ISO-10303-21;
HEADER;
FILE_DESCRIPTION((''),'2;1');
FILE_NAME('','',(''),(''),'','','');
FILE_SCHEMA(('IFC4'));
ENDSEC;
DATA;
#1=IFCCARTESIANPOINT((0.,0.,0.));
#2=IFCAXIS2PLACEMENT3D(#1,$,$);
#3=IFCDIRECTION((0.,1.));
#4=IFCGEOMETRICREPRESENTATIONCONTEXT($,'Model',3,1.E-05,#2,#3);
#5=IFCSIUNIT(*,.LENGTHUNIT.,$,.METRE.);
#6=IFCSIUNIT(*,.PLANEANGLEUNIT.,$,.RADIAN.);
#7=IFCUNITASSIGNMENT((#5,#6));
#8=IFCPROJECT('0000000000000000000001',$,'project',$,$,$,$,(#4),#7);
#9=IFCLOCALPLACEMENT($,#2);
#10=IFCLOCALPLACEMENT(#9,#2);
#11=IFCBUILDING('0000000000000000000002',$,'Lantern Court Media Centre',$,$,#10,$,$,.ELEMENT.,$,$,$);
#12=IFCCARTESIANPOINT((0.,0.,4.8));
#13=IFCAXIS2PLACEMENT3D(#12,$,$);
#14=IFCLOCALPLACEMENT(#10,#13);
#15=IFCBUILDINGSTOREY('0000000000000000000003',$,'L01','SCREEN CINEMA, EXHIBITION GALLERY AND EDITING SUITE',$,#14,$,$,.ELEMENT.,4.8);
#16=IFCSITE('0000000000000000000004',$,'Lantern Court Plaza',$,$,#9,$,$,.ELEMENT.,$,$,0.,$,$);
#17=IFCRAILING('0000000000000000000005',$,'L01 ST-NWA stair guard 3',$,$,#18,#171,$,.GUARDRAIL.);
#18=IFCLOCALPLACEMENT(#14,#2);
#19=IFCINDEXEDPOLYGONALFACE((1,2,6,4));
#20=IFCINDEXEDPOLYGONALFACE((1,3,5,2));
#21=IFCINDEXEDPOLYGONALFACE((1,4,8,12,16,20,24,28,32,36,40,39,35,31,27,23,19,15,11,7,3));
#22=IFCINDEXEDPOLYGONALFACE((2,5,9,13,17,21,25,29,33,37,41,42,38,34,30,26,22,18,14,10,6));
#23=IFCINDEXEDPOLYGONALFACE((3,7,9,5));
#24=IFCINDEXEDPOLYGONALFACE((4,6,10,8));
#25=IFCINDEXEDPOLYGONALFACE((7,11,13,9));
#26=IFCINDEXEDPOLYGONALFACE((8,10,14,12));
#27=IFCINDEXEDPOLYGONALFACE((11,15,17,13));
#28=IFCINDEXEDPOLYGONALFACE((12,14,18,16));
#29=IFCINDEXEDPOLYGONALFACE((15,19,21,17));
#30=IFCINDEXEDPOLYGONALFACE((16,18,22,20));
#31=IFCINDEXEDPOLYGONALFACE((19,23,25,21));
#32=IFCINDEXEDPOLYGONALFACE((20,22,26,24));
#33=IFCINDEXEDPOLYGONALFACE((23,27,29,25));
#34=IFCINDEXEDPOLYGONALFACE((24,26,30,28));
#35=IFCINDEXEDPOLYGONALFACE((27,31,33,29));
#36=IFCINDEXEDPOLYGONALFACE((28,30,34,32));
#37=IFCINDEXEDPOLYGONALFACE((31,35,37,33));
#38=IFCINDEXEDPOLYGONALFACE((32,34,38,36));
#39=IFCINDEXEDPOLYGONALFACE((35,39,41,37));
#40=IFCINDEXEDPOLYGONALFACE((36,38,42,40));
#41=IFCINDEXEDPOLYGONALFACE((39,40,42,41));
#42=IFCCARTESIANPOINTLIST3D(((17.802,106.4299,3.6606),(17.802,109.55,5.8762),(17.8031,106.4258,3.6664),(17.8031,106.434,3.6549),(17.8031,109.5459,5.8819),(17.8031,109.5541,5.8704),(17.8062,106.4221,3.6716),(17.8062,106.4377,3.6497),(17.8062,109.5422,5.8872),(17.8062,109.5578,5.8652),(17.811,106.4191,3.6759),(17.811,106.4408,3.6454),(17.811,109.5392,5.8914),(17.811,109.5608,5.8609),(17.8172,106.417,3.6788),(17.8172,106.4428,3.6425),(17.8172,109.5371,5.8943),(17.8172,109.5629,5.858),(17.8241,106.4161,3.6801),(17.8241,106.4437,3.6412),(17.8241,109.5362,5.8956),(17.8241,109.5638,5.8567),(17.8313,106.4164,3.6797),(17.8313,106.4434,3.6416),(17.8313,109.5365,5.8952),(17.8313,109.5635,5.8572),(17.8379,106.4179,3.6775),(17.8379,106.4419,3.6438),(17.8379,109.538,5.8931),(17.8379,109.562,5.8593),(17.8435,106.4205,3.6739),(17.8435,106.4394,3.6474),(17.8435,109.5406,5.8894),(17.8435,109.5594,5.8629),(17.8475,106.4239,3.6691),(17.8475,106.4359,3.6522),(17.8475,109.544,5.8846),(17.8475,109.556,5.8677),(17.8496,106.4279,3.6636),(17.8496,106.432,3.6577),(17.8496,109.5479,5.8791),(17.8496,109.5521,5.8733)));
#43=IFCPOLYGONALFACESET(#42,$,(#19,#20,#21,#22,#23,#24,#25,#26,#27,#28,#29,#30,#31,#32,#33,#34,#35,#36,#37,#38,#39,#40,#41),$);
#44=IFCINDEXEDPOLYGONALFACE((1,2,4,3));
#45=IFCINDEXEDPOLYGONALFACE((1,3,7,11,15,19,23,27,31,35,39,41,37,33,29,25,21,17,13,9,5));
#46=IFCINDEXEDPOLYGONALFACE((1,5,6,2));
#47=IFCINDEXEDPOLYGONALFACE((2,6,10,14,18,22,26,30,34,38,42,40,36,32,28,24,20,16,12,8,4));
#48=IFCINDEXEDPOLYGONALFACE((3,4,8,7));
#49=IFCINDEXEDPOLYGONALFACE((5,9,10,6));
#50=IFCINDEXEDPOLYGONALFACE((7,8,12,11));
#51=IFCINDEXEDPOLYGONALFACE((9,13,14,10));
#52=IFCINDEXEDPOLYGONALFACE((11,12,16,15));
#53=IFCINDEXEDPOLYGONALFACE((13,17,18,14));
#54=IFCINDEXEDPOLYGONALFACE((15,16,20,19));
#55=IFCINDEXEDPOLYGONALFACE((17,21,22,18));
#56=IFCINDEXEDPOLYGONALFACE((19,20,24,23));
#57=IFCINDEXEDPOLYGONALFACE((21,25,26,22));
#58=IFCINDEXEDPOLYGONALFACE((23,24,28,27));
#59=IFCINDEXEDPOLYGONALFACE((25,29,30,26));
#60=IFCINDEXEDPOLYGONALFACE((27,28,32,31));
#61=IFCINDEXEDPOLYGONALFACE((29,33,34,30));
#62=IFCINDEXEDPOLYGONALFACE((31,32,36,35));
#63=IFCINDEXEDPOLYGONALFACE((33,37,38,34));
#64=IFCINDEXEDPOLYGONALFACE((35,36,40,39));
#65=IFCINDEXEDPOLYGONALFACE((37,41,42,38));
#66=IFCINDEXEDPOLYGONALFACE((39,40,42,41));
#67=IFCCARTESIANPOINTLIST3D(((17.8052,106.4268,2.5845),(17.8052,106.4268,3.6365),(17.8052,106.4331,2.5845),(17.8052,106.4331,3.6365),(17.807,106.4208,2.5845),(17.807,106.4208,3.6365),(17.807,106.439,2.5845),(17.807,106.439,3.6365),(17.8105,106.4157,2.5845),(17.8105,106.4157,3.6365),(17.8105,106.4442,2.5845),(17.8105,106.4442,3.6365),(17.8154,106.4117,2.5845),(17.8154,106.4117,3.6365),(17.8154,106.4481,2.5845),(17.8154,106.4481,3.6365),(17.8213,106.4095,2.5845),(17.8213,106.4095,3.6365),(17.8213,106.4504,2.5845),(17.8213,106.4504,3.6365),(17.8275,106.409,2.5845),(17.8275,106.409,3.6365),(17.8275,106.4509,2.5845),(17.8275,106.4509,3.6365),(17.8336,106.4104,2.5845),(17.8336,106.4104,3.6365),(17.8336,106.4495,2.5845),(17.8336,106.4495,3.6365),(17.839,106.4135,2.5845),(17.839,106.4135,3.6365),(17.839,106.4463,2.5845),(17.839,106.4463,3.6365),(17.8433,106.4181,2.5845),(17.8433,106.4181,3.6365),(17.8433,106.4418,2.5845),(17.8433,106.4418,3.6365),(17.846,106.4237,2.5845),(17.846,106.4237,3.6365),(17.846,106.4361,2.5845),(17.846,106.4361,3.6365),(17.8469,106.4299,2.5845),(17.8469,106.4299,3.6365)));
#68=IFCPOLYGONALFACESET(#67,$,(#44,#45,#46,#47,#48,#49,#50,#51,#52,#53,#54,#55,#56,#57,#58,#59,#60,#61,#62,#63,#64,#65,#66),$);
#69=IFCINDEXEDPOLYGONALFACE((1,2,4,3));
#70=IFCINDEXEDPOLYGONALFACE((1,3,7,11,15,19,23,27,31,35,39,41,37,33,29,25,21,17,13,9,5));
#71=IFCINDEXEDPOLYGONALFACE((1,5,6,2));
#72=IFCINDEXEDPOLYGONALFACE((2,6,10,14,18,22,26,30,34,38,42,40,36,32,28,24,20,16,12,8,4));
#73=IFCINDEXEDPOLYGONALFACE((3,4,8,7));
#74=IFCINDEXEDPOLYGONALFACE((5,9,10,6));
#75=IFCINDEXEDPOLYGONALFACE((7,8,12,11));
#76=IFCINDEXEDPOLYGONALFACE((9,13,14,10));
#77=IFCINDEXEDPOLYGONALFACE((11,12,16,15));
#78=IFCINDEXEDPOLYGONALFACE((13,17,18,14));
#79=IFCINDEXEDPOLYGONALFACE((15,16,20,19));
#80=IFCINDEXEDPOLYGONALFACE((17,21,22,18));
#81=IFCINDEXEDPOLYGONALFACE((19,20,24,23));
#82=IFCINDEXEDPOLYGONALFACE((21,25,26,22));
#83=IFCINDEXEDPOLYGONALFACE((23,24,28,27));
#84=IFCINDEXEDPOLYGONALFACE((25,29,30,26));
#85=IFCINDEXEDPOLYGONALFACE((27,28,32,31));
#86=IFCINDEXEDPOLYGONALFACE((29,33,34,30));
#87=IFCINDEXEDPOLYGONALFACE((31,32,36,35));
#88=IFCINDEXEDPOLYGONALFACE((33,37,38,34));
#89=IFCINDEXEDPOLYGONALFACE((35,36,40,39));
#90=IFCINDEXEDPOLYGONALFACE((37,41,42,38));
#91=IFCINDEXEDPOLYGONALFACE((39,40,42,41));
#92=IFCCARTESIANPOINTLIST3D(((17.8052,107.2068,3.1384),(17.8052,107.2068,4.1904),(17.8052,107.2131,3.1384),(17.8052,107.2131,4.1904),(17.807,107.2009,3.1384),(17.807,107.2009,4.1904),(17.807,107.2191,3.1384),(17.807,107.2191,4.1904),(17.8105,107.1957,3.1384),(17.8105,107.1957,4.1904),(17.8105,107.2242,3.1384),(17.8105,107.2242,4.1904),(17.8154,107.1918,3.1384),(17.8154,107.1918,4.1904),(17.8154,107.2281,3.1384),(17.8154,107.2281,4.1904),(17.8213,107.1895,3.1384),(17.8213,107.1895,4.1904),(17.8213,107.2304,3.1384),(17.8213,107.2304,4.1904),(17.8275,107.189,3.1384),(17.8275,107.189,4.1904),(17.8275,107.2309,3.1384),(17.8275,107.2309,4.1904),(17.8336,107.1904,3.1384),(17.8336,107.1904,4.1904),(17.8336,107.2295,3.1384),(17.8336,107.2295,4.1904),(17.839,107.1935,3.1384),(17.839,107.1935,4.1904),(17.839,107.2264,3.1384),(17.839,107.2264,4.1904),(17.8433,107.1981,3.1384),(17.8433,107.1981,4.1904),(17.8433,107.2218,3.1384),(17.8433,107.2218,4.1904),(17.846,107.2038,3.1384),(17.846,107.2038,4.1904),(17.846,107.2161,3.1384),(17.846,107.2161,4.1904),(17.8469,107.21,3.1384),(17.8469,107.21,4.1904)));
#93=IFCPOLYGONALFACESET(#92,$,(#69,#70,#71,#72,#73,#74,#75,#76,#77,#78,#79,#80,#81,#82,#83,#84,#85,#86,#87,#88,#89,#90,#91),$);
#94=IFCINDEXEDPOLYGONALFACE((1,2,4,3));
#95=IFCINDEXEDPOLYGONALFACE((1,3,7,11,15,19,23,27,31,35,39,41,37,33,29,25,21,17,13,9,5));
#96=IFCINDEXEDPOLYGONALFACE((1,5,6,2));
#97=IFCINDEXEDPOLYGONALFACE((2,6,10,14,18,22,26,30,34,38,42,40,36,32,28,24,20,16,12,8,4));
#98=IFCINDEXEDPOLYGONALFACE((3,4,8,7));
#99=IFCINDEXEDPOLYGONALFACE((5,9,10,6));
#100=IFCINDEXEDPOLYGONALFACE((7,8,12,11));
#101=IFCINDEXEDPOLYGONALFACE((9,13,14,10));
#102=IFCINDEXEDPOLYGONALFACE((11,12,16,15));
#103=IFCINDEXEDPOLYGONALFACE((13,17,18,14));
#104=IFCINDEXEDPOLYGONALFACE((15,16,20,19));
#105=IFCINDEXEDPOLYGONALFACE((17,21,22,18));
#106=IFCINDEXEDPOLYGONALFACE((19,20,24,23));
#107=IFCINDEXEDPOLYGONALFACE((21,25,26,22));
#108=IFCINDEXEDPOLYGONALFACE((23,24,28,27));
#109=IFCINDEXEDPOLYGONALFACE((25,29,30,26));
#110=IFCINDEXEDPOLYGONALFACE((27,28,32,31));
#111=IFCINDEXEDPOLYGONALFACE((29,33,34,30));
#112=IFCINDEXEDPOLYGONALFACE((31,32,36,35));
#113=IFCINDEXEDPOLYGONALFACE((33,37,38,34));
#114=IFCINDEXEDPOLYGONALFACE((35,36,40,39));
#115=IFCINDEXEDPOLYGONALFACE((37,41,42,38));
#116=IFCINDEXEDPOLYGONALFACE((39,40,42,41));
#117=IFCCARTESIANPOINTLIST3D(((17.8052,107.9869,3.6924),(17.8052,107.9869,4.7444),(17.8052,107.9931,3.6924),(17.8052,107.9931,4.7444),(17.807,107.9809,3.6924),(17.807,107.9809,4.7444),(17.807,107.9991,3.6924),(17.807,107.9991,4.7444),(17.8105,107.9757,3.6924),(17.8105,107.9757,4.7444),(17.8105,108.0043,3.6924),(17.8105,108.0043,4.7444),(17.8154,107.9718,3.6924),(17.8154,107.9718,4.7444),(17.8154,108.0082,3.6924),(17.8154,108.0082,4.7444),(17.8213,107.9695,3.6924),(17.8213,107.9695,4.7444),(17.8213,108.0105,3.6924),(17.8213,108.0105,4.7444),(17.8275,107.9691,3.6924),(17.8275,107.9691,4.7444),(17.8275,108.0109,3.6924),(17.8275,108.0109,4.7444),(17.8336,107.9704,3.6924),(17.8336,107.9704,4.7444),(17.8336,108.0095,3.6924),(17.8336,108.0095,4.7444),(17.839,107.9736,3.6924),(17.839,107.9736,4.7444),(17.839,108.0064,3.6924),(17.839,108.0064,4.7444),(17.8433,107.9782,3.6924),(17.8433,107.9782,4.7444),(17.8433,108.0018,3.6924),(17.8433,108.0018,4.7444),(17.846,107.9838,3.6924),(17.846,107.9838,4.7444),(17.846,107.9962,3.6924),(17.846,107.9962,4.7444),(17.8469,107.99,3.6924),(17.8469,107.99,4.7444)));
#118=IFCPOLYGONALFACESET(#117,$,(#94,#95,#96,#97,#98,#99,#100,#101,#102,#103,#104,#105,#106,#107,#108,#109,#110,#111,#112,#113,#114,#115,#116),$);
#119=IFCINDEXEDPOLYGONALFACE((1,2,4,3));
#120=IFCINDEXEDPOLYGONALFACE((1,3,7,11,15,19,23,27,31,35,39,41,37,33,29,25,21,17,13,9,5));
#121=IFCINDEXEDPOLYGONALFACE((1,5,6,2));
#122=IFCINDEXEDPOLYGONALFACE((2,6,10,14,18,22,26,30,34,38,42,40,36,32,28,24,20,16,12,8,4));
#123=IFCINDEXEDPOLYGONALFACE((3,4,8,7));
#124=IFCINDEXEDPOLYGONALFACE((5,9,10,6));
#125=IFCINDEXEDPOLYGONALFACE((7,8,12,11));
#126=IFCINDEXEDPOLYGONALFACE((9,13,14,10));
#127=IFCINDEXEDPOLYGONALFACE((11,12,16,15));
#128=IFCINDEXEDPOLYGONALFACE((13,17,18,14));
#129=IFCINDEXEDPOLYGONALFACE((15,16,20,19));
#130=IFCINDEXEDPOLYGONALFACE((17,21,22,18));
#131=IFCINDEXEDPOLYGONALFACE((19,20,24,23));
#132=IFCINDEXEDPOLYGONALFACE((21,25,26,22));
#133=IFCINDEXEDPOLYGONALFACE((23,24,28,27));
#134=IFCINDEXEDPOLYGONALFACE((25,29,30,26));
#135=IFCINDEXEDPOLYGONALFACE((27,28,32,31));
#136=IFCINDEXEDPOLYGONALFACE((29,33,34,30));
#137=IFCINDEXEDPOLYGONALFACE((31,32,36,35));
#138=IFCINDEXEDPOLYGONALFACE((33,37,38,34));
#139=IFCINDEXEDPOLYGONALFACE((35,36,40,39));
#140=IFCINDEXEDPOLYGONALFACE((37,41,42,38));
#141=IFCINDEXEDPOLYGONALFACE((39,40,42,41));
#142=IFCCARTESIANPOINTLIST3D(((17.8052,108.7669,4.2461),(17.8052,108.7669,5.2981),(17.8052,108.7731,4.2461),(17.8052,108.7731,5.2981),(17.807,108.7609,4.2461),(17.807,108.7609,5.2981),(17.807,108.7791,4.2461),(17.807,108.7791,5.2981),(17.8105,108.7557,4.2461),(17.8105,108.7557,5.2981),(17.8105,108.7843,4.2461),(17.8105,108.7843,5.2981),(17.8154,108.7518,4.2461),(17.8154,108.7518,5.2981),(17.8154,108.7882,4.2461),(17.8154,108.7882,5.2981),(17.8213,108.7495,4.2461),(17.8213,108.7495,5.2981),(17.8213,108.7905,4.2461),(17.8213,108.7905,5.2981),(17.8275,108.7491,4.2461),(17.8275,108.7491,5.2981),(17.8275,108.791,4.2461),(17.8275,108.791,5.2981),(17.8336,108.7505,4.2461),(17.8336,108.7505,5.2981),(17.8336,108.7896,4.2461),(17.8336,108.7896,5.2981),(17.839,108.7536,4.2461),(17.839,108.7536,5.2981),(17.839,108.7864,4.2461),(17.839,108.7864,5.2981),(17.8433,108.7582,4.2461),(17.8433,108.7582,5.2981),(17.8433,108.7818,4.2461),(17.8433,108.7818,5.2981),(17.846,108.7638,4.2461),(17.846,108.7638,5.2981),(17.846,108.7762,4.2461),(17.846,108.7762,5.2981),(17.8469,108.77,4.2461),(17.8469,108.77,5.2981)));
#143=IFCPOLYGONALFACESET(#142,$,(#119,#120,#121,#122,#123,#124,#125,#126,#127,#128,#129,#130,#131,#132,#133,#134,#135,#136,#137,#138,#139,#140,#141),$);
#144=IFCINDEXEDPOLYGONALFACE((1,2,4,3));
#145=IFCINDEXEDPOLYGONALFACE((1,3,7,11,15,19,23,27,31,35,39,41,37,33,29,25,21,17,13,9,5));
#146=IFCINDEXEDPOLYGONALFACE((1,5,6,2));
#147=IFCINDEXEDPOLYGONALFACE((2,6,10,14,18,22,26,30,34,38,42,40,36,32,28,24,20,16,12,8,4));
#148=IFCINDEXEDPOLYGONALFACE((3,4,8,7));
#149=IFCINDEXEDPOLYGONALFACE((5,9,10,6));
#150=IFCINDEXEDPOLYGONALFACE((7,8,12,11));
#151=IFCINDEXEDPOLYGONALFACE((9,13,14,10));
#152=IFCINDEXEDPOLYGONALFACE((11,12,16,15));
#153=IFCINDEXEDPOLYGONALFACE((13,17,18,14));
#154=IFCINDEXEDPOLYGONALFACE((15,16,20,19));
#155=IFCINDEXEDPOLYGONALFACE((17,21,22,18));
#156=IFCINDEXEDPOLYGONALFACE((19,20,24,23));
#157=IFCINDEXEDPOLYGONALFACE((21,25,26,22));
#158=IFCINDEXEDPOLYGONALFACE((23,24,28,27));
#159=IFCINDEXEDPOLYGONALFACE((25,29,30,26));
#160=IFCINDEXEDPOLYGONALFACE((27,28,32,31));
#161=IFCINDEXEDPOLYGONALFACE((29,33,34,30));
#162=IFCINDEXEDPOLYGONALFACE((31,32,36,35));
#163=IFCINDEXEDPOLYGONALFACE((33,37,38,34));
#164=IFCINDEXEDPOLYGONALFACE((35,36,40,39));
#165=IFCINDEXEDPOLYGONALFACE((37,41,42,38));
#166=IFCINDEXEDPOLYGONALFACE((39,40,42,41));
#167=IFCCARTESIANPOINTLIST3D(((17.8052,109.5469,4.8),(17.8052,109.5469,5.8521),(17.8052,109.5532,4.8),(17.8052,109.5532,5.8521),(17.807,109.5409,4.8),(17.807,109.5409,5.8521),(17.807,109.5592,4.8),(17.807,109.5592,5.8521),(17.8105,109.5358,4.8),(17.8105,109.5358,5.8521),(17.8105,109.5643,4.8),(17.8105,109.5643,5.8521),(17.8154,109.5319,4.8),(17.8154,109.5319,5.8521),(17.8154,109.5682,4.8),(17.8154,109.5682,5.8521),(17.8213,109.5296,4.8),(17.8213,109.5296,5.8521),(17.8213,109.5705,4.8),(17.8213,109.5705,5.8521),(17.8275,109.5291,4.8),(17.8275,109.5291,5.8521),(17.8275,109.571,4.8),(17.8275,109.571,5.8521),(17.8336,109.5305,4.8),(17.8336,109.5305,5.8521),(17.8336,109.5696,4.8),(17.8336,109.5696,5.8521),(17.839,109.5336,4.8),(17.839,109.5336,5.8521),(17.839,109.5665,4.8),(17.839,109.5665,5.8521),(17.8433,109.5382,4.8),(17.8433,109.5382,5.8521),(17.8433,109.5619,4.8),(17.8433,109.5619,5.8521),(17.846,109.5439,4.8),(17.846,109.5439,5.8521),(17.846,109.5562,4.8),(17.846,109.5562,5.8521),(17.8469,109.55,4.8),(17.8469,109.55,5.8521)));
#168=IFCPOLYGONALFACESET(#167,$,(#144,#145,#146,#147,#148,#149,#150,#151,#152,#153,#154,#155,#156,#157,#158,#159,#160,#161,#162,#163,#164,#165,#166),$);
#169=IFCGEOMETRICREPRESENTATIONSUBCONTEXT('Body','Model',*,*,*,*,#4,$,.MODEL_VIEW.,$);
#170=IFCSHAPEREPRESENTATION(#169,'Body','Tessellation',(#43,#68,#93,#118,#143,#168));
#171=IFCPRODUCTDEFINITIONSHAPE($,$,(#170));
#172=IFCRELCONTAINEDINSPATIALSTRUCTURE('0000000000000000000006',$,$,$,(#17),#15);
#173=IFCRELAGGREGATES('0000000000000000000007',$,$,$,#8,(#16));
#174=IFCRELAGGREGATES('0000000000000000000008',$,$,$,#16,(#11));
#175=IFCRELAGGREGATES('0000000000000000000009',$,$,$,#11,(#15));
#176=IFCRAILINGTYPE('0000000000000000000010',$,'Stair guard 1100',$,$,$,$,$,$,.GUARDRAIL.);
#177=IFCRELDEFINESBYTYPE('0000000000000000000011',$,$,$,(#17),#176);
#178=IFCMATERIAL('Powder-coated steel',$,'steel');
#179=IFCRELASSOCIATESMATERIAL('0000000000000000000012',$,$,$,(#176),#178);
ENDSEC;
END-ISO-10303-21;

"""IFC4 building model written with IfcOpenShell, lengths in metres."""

from ifc_helpers import new_model, si_unit, direction, frame, origin, origin_2d, place, context, subcontext, project, spatial, circle, extrude, material, type_object, element, save


model = new_model("IFC4")

# Units and contexts
model_context = context("Model", 3, precision=1e-05, world=origin(), true_north=direction((0.0, 1.0)))
body_context = subcontext(model_context, "Body", "Model", "MODEL_VIEW")
ifc_project = project(units=[si_unit("LENGTHUNIT", "METRE"), si_unit("PLANEANGLEUNIT", "RADIAN")], contexts=[model_context])

# Site, building, storey
site_placement = place(None, origin())
site = spatial("IfcSite", under=ifc_project, at=site_placement, Name="Lantern Court Plaza", CompositionType="ELEMENT", RefElevation=0.0)
building_placement = place(site_placement, origin())
building = spatial("IfcBuilding", under=site, at=building_placement, Name="Lantern Court Media Centre", CompositionType="ELEMENT")
storey_placement = place(building_placement, frame((0.0, 0.0, 4.8)))
storey = spatial("IfcBuildingStorey", under=building, at=storey_placement, Name="L01", Description="SCREEN CINEMA, EXHIBITION GALLERY AND EDITING SUITE", CompositionType="ELEMENT", Elevation=4.8)

# Shared definitions
ifc_material_1 = material(Name="Powder-coated steel", Category="steel")

# Railing
railing_type_1 = type_object("IfcRailingType", Name="Stair guard 1100", PredefinedType="GUARDRAIL", material=ifc_material_1)
railing_1_placement = place(storey_placement, frame((17.8259, 106.4299, 2.5845)))
element("IfcRailing", 1, at=railing_1_placement, inside=storey, type_object=railing_type_1, Name="L01 ST-NWA stair guard 3", PredefinedType="GUARDRAIL", context=body_context, shape_type="SweptSolid", body=[
    extrude(circle(Radius=0.0239, at=origin_2d()), frame((0.0, 0.0, 1.0762), z_axis=(0.0, 0.815347, 0.578973), x_axis=(-1.0, 0.0, 0.0)), (0.0, 0.0, 1.0), 3.8267),
    extrude(circle(Radius=0.021, at=origin_2d()), origin(), (0.0, 0.0, 1.0), 1.052),
    extrude(circle(Radius=0.021, at=origin_2d()), frame((0.0, 0.78, 0.554)), (0.0, 0.0, 1.0), 1.052),
    extrude(circle(Radius=0.021, at=origin_2d()), frame((0.0, 1.5601, 1.1079)), (0.0, 0.0, 1.0), 1.052),
    extrude(circle(Radius=0.021, at=origin_2d()), frame((0.0, 2.3401, 1.6616)), (0.0, 0.0, 1.0), 1.052),
    extrude(circle(Radius=0.021, at=origin_2d()), frame((0.0, 3.1201, 2.2156)), (0.0, 0.0, 1.0), 1.052),
])

save(model, "model.ifc")
